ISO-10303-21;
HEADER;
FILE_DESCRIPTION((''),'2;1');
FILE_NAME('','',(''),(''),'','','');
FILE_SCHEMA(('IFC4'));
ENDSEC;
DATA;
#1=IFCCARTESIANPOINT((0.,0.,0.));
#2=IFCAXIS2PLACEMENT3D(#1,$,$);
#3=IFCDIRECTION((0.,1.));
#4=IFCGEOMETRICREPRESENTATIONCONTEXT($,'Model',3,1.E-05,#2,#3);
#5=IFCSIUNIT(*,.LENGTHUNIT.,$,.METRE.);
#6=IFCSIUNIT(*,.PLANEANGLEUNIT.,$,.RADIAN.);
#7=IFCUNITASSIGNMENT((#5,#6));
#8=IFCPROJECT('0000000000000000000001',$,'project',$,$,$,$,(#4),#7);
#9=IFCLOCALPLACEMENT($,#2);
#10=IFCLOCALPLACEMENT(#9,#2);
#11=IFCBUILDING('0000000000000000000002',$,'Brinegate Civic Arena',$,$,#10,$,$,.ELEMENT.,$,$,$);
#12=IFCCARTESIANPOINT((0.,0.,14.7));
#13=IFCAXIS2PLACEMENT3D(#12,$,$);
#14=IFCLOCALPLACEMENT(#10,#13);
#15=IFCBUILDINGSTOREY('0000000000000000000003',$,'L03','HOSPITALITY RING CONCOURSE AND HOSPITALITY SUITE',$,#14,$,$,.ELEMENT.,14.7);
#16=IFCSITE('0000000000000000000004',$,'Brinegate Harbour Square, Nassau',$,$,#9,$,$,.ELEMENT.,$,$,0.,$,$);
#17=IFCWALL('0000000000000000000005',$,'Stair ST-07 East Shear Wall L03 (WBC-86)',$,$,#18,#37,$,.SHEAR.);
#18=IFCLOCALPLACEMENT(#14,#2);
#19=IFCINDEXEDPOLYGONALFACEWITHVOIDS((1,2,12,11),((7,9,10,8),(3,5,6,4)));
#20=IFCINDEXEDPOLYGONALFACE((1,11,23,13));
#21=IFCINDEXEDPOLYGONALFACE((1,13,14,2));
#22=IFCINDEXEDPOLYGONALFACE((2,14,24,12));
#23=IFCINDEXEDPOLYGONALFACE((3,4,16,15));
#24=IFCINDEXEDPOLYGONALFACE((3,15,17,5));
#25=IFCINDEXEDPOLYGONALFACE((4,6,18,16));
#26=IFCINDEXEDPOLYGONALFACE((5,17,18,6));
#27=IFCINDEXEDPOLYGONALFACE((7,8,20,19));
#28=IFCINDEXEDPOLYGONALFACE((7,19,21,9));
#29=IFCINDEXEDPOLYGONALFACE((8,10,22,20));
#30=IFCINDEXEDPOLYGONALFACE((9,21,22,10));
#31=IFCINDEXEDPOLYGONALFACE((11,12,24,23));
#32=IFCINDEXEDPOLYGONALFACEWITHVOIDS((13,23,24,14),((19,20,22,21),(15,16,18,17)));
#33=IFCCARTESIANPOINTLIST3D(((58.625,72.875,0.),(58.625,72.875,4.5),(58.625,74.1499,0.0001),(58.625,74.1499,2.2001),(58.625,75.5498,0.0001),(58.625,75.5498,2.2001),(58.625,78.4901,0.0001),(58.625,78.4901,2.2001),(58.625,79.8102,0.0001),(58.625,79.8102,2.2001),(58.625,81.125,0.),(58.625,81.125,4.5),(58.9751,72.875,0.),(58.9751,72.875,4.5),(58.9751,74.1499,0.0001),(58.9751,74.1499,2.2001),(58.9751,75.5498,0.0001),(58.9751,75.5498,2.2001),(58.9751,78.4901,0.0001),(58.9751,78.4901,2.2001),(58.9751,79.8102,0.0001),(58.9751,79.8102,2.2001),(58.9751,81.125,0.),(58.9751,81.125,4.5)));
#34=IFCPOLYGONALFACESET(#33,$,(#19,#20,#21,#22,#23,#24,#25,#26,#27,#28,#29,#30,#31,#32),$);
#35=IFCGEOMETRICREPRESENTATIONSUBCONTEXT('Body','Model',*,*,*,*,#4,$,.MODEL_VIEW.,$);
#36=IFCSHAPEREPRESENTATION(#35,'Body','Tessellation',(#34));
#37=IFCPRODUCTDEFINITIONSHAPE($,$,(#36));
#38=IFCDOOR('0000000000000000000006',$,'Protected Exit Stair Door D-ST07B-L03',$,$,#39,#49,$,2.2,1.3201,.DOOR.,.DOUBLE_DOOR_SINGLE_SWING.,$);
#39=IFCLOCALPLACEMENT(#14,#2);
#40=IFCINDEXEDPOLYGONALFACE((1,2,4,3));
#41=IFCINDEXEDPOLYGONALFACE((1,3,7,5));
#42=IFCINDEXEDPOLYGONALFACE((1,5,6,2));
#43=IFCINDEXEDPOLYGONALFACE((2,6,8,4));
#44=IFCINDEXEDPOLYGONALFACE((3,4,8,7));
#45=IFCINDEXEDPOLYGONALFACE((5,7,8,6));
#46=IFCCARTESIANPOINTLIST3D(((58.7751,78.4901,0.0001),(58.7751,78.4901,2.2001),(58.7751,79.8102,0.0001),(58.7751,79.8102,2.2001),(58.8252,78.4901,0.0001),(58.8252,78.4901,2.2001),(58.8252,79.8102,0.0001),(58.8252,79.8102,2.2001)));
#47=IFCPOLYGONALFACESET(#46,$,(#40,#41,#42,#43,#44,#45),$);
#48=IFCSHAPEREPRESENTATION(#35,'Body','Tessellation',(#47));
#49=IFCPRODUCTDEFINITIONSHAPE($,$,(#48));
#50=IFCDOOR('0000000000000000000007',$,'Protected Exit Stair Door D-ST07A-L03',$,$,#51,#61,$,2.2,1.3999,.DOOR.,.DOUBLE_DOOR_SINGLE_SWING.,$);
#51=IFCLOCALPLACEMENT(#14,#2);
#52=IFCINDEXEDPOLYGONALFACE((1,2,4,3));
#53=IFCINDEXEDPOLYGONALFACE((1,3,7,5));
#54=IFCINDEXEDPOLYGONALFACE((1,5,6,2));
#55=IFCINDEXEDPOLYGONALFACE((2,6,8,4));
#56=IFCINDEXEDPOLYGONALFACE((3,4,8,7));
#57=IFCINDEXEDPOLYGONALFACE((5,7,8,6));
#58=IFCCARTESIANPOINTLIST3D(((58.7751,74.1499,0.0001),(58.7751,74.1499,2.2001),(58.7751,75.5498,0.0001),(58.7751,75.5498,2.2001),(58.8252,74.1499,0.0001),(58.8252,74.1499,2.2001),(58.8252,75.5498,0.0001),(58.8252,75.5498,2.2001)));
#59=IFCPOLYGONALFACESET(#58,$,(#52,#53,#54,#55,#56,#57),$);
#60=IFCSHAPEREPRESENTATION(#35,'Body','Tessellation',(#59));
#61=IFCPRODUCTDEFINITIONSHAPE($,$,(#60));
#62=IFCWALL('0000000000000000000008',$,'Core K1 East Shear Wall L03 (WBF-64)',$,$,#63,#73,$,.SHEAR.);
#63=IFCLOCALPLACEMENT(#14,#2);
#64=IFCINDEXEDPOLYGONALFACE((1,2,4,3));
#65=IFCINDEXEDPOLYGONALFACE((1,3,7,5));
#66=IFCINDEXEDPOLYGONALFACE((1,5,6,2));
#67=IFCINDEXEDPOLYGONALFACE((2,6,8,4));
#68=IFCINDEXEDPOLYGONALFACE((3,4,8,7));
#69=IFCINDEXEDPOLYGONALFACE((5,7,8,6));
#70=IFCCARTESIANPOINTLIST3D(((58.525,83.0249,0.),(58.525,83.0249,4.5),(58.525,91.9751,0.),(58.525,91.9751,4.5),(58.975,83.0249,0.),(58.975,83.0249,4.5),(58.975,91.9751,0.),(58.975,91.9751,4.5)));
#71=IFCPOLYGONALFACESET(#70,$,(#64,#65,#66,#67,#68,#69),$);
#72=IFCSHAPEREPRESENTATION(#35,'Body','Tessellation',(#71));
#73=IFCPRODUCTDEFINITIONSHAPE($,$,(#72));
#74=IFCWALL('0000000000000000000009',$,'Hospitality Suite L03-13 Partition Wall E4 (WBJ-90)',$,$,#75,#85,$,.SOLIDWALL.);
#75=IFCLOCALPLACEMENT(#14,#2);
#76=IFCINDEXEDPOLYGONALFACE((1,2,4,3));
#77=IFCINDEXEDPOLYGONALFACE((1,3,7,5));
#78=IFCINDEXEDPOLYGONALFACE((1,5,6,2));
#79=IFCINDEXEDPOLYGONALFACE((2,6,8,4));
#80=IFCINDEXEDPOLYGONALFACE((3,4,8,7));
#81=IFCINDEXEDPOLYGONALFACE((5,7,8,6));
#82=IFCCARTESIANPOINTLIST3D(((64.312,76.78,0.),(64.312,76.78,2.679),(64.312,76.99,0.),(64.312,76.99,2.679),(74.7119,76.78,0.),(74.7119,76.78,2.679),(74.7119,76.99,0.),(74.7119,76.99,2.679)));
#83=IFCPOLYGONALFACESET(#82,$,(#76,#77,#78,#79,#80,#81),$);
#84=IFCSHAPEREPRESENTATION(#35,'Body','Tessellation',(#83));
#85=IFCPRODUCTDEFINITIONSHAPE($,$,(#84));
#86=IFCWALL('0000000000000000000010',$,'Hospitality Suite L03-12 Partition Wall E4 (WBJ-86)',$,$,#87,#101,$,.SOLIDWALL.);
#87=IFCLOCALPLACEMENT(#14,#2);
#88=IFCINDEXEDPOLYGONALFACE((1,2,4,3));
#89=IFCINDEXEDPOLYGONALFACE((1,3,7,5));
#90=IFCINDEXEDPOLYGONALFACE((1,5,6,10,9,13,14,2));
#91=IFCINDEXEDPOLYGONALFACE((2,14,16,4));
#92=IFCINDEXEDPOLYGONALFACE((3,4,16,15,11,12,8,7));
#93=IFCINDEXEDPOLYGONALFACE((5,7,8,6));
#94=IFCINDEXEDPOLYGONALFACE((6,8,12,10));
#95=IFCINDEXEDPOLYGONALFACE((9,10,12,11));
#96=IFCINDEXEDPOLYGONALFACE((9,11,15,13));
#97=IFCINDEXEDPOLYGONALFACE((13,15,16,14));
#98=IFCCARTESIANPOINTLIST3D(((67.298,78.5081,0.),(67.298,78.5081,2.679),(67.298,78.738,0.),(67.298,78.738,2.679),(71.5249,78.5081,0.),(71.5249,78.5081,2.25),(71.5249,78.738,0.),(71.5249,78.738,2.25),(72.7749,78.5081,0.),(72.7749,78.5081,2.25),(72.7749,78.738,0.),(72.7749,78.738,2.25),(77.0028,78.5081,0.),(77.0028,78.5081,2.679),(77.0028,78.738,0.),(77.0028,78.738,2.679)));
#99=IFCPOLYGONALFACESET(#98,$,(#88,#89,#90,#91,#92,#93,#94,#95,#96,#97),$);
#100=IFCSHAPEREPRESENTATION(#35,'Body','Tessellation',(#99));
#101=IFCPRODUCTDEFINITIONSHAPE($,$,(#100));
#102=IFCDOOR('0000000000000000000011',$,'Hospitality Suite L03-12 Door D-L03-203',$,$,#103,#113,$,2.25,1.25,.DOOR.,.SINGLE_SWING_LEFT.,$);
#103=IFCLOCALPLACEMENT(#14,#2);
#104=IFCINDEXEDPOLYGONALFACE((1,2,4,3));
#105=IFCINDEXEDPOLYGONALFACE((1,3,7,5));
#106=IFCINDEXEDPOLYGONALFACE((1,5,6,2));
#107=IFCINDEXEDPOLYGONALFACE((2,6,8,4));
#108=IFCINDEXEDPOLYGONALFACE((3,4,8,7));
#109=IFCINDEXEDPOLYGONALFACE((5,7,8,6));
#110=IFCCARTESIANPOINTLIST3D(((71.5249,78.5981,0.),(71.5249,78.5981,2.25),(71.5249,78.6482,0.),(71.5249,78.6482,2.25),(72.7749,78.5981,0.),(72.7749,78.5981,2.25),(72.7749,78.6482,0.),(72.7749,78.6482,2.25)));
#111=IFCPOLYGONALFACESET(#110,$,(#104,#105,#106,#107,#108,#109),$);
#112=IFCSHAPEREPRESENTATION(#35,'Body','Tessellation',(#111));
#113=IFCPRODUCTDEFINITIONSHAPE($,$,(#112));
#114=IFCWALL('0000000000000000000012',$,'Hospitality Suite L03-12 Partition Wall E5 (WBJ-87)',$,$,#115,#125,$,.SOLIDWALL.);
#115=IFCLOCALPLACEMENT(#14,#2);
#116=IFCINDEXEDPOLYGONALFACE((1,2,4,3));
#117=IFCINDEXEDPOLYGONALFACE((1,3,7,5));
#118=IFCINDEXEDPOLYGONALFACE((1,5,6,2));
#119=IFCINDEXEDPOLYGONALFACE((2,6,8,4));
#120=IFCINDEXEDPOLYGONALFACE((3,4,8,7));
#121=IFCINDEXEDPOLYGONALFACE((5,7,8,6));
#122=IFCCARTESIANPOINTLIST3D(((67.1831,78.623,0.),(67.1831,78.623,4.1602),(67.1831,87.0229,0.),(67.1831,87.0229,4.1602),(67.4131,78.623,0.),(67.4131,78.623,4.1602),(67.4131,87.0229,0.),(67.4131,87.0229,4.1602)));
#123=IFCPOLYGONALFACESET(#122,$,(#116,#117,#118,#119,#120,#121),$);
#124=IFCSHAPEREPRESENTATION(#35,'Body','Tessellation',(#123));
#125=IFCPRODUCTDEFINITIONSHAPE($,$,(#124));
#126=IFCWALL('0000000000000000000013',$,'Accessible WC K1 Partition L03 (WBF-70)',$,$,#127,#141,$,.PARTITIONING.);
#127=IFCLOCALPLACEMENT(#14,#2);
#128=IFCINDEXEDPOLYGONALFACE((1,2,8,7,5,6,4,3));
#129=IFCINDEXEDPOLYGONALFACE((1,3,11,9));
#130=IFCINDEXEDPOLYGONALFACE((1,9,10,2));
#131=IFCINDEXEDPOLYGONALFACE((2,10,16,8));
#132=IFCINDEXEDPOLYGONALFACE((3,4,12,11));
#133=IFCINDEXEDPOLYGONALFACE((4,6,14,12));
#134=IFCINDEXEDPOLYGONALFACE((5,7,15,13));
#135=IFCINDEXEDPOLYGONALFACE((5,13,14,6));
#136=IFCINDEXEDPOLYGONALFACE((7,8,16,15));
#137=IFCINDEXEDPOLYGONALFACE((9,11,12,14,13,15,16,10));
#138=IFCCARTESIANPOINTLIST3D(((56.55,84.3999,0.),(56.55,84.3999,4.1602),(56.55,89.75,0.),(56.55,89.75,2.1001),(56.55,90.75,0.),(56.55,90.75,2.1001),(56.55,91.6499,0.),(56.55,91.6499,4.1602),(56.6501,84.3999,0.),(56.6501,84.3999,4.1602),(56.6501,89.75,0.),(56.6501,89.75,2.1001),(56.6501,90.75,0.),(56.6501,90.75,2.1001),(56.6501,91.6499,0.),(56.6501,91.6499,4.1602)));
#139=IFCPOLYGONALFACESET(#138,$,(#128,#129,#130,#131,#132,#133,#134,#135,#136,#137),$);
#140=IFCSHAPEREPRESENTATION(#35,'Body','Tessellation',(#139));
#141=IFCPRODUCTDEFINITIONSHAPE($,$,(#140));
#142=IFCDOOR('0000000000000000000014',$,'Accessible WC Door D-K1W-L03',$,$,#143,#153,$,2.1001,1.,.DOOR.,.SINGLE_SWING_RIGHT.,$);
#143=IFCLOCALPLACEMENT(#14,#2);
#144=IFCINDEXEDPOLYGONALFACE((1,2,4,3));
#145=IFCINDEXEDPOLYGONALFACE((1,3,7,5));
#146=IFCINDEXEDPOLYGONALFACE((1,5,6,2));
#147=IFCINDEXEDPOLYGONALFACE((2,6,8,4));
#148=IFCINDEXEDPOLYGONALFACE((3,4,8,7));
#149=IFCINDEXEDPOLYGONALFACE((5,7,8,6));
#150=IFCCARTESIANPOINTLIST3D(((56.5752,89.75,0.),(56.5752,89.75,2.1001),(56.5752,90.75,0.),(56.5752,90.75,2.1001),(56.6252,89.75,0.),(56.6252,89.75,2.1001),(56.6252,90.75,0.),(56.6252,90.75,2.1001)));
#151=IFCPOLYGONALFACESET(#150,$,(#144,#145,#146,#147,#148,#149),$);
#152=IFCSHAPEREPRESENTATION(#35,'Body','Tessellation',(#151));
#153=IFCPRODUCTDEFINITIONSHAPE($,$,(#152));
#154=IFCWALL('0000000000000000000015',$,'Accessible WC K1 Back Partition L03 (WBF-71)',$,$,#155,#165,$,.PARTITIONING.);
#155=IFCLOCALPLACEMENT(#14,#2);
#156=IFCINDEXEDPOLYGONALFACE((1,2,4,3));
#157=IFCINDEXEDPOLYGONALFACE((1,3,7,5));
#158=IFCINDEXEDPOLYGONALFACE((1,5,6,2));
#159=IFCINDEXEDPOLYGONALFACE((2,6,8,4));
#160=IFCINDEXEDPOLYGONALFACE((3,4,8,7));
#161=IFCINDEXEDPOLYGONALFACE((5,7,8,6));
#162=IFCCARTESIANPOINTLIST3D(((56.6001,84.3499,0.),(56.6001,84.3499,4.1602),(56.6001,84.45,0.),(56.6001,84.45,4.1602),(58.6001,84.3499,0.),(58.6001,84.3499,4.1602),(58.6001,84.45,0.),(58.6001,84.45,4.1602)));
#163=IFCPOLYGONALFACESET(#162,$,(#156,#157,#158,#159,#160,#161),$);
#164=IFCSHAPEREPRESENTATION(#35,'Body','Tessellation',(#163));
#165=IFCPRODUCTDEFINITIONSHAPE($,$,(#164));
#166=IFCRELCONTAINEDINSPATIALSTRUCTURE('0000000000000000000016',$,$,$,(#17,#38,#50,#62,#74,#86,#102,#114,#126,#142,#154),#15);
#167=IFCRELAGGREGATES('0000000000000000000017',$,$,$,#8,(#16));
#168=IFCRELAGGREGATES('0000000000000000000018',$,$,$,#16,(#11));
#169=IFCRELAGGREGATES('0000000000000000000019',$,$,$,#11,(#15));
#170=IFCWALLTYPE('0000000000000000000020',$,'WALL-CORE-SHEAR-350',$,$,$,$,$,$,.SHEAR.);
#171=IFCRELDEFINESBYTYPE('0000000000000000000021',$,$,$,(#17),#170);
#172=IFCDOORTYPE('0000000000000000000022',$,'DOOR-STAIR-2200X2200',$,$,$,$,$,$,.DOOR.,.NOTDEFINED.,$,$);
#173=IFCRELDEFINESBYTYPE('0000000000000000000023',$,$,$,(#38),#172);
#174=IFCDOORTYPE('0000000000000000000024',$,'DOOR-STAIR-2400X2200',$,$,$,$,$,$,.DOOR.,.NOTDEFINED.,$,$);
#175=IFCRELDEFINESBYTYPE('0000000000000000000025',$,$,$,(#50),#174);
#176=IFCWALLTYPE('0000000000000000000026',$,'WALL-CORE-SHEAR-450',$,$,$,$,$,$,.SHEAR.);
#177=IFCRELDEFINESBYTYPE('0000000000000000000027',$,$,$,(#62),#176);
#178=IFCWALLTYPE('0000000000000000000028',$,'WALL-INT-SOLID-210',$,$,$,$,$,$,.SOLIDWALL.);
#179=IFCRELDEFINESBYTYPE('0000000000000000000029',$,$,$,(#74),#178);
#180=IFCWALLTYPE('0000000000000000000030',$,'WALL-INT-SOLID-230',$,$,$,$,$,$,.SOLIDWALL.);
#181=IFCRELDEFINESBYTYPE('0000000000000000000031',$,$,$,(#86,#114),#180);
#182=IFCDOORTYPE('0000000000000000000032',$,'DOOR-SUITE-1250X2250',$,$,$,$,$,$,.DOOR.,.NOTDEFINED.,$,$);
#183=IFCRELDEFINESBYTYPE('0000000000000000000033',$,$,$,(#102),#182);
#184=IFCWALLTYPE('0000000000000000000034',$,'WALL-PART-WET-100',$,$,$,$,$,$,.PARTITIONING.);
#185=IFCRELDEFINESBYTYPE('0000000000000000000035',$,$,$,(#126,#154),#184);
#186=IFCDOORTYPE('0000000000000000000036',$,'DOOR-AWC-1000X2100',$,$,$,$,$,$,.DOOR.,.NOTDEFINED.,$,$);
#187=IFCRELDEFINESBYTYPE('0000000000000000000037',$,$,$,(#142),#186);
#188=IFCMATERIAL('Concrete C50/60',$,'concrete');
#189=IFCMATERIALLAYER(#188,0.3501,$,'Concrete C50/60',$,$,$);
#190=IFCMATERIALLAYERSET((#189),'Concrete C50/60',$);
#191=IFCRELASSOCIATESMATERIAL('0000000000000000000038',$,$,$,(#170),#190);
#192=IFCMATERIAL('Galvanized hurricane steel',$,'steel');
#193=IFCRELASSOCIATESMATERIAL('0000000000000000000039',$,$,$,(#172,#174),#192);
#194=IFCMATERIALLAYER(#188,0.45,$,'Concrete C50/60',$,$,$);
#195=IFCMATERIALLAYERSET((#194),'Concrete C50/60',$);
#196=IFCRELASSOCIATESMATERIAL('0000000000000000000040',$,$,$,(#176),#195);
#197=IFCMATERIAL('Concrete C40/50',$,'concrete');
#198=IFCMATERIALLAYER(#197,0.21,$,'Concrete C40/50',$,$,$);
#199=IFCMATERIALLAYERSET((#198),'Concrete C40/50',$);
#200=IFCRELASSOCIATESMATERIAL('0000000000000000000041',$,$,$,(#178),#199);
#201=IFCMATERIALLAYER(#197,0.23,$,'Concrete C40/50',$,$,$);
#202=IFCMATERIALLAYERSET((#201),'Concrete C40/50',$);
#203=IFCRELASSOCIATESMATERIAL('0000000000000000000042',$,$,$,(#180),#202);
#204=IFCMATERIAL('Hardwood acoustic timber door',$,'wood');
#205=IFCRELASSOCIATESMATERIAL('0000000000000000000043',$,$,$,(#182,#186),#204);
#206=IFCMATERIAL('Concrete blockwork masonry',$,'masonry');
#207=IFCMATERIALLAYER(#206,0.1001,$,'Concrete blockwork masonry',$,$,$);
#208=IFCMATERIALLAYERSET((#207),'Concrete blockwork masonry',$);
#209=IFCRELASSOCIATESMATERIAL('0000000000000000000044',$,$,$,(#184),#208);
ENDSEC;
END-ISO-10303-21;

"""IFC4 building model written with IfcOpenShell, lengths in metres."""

from ifc_helpers import new_model, si_unit, direction, frame, frame_2d, origin, place, context, subcontext, project, spatial, rectangle, extrude, material, layer, layer_set, type_object, element, fill, save


model = new_model("IFC4")

# Units and contexts
model_context = context("Model", 3, precision=1e-05, world=origin(), true_north=direction((0.0, 1.0)))
body_context = subcontext(model_context, "Body", "Model", "MODEL_VIEW")
ifc_project = project(units=[si_unit("LENGTHUNIT", "METRE"), si_unit("PLANEANGLEUNIT", "RADIAN")], contexts=[model_context])

# Site, building, storey
site_placement = place(None, origin())
site = spatial("IfcSite", under=ifc_project, at=site_placement, Name="Brinegate Harbour Square, Nassau", CompositionType="ELEMENT", RefElevation=0.0)
building_placement = place(site_placement, origin())
building = spatial("IfcBuilding", under=site, at=building_placement, Name="Brinegate Civic Arena", CompositionType="ELEMENT")
storey_placement = place(building_placement, frame((0.0, 0.0, 14.7)))
storey = spatial("IfcBuildingStorey", under=building, at=storey_placement, Name="L03", Description="HOSPITALITY RING CONCOURSE AND HOSPITALITY SUITE", CompositionType="ELEMENT", Elevation=14.7)

# Shared definitions
ifc_material_1 = material(Name="Concrete C50/60", Category="concrete")

# Wall, openings, doors
ifc_layer_1 = layer(ifc_material_1, 0.3501, Name="Concrete C50/60")
ifc_layer_set_1 = layer_set([ifc_layer_1], Name="Concrete C50/60")
wall_type_1 = type_object("IfcWallType", Name="WALL-CORE-SHEAR-350", PredefinedType="SHEAR", material=ifc_layer_set_1)
wall_1_placement = place(storey_placement, frame((58.8, 72.875, 0.0), z_axis=(0.0, 0.0, 1.0), x_axis=(0.0, 1.0, 0.0)))
wall_1 = element("IfcWall", 1, at=wall_1_placement, inside=storey, type_object=wall_type_1, Name="Stair ST-07 East Shear Wall L03 (WBC-86)", PredefinedType="SHEAR", context=body_context, shape_type="SweptSolid", body=[
    extrude(rectangle(XDim=8.25, YDim=0.3501, at=frame_2d((4.125, 0.0))), origin(), (0.0, 0.0, 1.0), 4.5),
])
opening_1_placement = place(wall_1_placement, frame((1.2749, 0.0, 0.0)))
opening_1 = element("IfcOpeningElement", 2, at=opening_1_placement, cuts=wall_1, PredefinedType="OPENING", context=body_context, shape_type="SweptSolid", body=[
    extrude(rectangle(XDim=1.3999, YDim=2.2, at=frame_2d((0.7, 1.1001))), frame((0.0, 0.1851, 0.0), z_axis=(0.0, -1.0, 0.0), x_axis=(1.0, 0.0, 0.0)), (0.0, 0.0, 1.0), 0.3701),
])
opening_2_placement = place(wall_1_placement, frame((5.615, 0.0, 0.0)))
opening_2 = element("IfcOpeningElement", 3, at=opening_2_placement, cuts=wall_1, PredefinedType="OPENING", context=body_context, shape_type="SweptSolid", body=[
    extrude(rectangle(XDim=1.3201, YDim=2.2, at=frame_2d((0.6602, 1.1001))), frame((0.0, 0.1851, 0.0), z_axis=(0.0, -1.0, 0.0), x_axis=(1.0, 0.0, 0.0)), (0.0, 0.0, 1.0), 0.3701),
])
ifc_material_2 = material(Name="Galvanized hurricane steel", Category="steel")
door_type_1 = type_object("IfcDoorType", Name="DOOR-STAIR-2200X2200", OperationType="NOTDEFINED", PredefinedType="DOOR", material=ifc_material_2)
door_1_placement = place(opening_2_placement, origin())
door_1 = element("IfcDoor", 4, at=door_1_placement, inside=storey, type_object=door_type_1, Name="Protected Exit Stair Door D-ST07B-L03", OperationType="DOUBLE_DOOR_SINGLE_SWING", OverallHeight=2.2, OverallWidth=1.3201, PredefinedType="DOOR", context=body_context, shape_type="SweptSolid", body=[
    extrude(rectangle(XDim=1.3201, YDim=2.2, at=frame_2d((0.6602, 1.1001))), frame((0.0, 0.0249, 0.0), z_axis=(0.0, -1.0, 0.0), x_axis=(1.0, 0.0, 0.0)), (0.0, 0.0, 1.0), 0.05),
])
fill(opening_2, door_1)
door_type_2 = type_object("IfcDoorType", Name="DOOR-STAIR-2400X2200", OperationType="NOTDEFINED", PredefinedType="DOOR", material=ifc_material_2)
door_2_placement = place(opening_1_placement, origin())
door_2 = element("IfcDoor", 5, at=door_2_placement, inside=storey, type_object=door_type_2, Name="Protected Exit Stair Door D-ST07A-L03", OperationType="DOUBLE_DOOR_SINGLE_SWING", OverallHeight=2.2, OverallWidth=1.3999, PredefinedType="DOOR", context=body_context, shape_type="SweptSolid", body=[
    extrude(rectangle(XDim=1.3999, YDim=2.2, at=frame_2d((0.7, 1.1001))), frame((0.0, 0.0249, 0.0), z_axis=(0.0, -1.0, 0.0), x_axis=(1.0, 0.0, 0.0)), (0.0, 0.0, 1.0), 0.05),
])
fill(opening_1, door_2)

# Walls
ifc_layer_2 = layer(ifc_material_1, 0.45, Name="Concrete C50/60")
ifc_layer_set_2 = layer_set([ifc_layer_2], Name="Concrete C50/60")
wall_type_2 = type_object("IfcWallType", Name="WALL-CORE-SHEAR-450", PredefinedType="SHEAR", material=ifc_layer_set_2)
wall_2_placement = place(storey_placement, frame((58.75, 83.0249, 0.0), z_axis=(0.0, 0.0, 1.0), x_axis=(0.0, 1.0, 0.0)))
element("IfcWall", 6, at=wall_2_placement, inside=storey, type_object=wall_type_2, Name="Core K1 East Shear Wall L03 (WBF-64)", PredefinedType="SHEAR", context=body_context, shape_type="SweptSolid", body=[
    extrude(rectangle(XDim=8.9502, YDim=0.45, at=frame_2d((4.4751, 0.0))), origin(), (0.0, 0.0, 1.0), 4.5),
])
ifc_material_3 = material(Name="Concrete C40/50", Category="concrete")
ifc_layer_3 = layer(ifc_material_3, 0.21, Name="Concrete C40/50")
ifc_layer_set_3 = layer_set([ifc_layer_3], Name="Concrete C40/50")
wall_type_3 = type_object("IfcWallType", Name="WALL-INT-SOLID-210", PredefinedType="SOLIDWALL", material=ifc_layer_set_3)
wall_3_placement = place(storey_placement, frame((64.312, 76.885, 0.0), z_axis=(0.0, 0.0, 1.0), x_axis=(1.0, 0.0, 0.0)))
element("IfcWall", 7, at=wall_3_placement, inside=storey, type_object=wall_type_3, Name="Hospitality Suite L03-13 Partition Wall E4 (WBJ-90)", PredefinedType="SOLIDWALL", context=body_context, shape_type="SweptSolid", body=[
    extrude(rectangle(XDim=10.3999, YDim=0.21, at=frame_2d((5.2, 0.0))), origin(), (0.0, 0.0, 1.0), 2.679),
])

# Wall, opening, door
ifc_layer_4 = layer(ifc_material_3, 0.23, Name="Concrete C40/50")
ifc_layer_set_4 = layer_set([ifc_layer_4], Name="Concrete C40/50")
wall_type_4 = type_object("IfcWallType", Name="WALL-INT-SOLID-230", PredefinedType="SOLIDWALL", material=ifc_layer_set_4)
wall_4_placement = place(storey_placement, frame((77.0029, 78.623, 0.0), z_axis=(0.0, 0.0, 1.0), x_axis=(-1.0, 0.0, 0.0)))
wall_4 = element("IfcWall", 8, at=wall_4_placement, inside=storey, type_object=wall_type_4, Name="Hospitality Suite L03-12 Partition Wall E4 (WBJ-86)", PredefinedType="SOLIDWALL", context=body_context, shape_type="SweptSolid", body=[
    extrude(rectangle(XDim=9.7048, YDim=0.23, at=frame_2d((4.8525, 0.0))), origin(), (0.0, 0.0, 1.0), 2.679),
])
opening_3_placement = place(wall_4_placement, frame((4.228, 0.0, 0.0)))
opening_3 = element("IfcOpeningElement", 9, at=opening_3_placement, cuts=wall_4, PredefinedType="OPENING", context=body_context, shape_type="SweptSolid", body=[
    extrude(rectangle(XDim=1.25, YDim=2.25, at=frame_2d((0.625, 1.125))), frame((0.0, 0.125, 0.0), z_axis=(0.0, -1.0, 0.0), x_axis=(1.0, 0.0, 0.0)), (0.0, 0.0, 1.0), 0.25),
])
ifc_material_4 = material(Name="Hardwood acoustic timber door", Category="wood")
door_type_3 = type_object("IfcDoorType", Name="DOOR-SUITE-1250X2250", OperationType="NOTDEFINED", PredefinedType="DOOR", material=ifc_material_4)
door_3_placement = place(opening_3_placement, origin())
door_3 = element("IfcDoor", 10, at=door_3_placement, inside=storey, type_object=door_type_3, Name="Hospitality Suite L03-12 Door D-L03-203", OperationType="SINGLE_SWING_LEFT", OverallHeight=2.25, OverallWidth=1.25, PredefinedType="DOOR", context=body_context, shape_type="SweptSolid", body=[
    extrude(rectangle(XDim=1.25, YDim=2.25, at=frame_2d((0.625, 1.125))), frame((0.0, 0.0249, 0.0), z_axis=(0.0, -1.0, 0.0), x_axis=(1.0, 0.0, 0.0)), (0.0, 0.0, 1.0), 0.05),
])
fill(opening_3, door_3)

# Wall
wall_5_placement = place(storey_placement, frame((67.2981, 78.623, 0.0), z_axis=(0.0, 0.0, 1.0), x_axis=(0.0, 1.0, 0.0)))
element("IfcWall", 11, at=wall_5_placement, inside=storey, type_object=wall_type_4, Name="Hospitality Suite L03-12 Partition Wall E5 (WBJ-87)", PredefinedType="SOLIDWALL", context=body_context, shape_type="SweptSolid", body=[
    extrude(rectangle(XDim=8.3999, YDim=0.23, at=frame_2d((4.2, 0.0))), origin(), (0.0, 0.0, 1.0), 4.1602),
])

# Wall, opening, door
ifc_material_5 = material(Name="Concrete blockwork masonry", Category="masonry")
ifc_layer_5 = layer(ifc_material_5, 0.1001, Name="Concrete blockwork masonry")
ifc_layer_set_5 = layer_set([ifc_layer_5], Name="Concrete blockwork masonry")
wall_type_5 = type_object("IfcWallType", Name="WALL-PART-WET-100", PredefinedType="PARTITIONING", material=ifc_layer_set_5)
wall_6_placement = place(storey_placement, frame((56.6001, 84.3999, 0.0), z_axis=(0.0, 0.0, 1.0), x_axis=(0.0, 1.0, 0.0)))
wall_6 = element("IfcWall", 12, at=wall_6_placement, inside=storey, type_object=wall_type_5, Name="Accessible WC K1 Partition L03 (WBF-70)", PredefinedType="PARTITIONING", context=body_context, shape_type="SweptSolid", body=[
    extrude(rectangle(XDim=7.25, YDim=0.1001, at=frame_2d((3.625, 0.0))), origin(), (0.0, 0.0, 1.0), 4.1602),
])
opening_4_placement = place(wall_6_placement, frame((5.3501, 0.0, 0.0)))
opening_4 = element("IfcOpeningElement", 13, at=opening_4_placement, cuts=wall_6, PredefinedType="OPENING", context=body_context, shape_type="SweptSolid", body=[
    extrude(rectangle(XDim=1.0, YDim=2.1001, at=frame_2d((0.5, 1.05))), frame((0.0, 0.0601, 0.0), z_axis=(0.0, -1.0, 0.0), x_axis=(1.0, 0.0, 0.0)), (0.0, 0.0, 1.0), 0.1201),
])
door_type_4 = type_object("IfcDoorType", Name="DOOR-AWC-1000X2100", OperationType="NOTDEFINED", PredefinedType="DOOR", material=ifc_material_4)
door_4_placement = place(opening_4_placement, origin())
door_4 = element("IfcDoor", 14, at=door_4_placement, inside=storey, type_object=door_type_4, Name="Accessible WC Door D-K1W-L03", OperationType="SINGLE_SWING_RIGHT", OverallHeight=2.1001, OverallWidth=1.0, PredefinedType="DOOR", context=body_context, shape_type="SweptSolid", body=[
    extrude(rectangle(XDim=1.0, YDim=2.1001, at=frame_2d((0.5, 1.05))), frame((0.0, 0.0249, 0.0), z_axis=(0.0, -1.0, 0.0), x_axis=(1.0, 0.0, 0.0)), (0.0, 0.0, 1.0), 0.05),
])
fill(opening_4, door_4)

# Wall
wall_7_placement = place(storey_placement, frame((56.6001, 84.3999, 0.0), z_axis=(0.0, 0.0, 1.0), x_axis=(1.0, 0.0, 0.0)))
element("IfcWall", 15, at=wall_7_placement, inside=storey, type_object=wall_type_5, Name="Accessible WC K1 Back Partition L03 (WBF-71)", PredefinedType="PARTITIONING", context=body_context, shape_type="SweptSolid", body=[
    extrude(rectangle(XDim=2.0, YDim=0.1001, at=frame_2d((1.0, 0.0))), origin(), (0.0, 0.0, 1.0), 4.1602),
])

save(model, "model.ifc")
